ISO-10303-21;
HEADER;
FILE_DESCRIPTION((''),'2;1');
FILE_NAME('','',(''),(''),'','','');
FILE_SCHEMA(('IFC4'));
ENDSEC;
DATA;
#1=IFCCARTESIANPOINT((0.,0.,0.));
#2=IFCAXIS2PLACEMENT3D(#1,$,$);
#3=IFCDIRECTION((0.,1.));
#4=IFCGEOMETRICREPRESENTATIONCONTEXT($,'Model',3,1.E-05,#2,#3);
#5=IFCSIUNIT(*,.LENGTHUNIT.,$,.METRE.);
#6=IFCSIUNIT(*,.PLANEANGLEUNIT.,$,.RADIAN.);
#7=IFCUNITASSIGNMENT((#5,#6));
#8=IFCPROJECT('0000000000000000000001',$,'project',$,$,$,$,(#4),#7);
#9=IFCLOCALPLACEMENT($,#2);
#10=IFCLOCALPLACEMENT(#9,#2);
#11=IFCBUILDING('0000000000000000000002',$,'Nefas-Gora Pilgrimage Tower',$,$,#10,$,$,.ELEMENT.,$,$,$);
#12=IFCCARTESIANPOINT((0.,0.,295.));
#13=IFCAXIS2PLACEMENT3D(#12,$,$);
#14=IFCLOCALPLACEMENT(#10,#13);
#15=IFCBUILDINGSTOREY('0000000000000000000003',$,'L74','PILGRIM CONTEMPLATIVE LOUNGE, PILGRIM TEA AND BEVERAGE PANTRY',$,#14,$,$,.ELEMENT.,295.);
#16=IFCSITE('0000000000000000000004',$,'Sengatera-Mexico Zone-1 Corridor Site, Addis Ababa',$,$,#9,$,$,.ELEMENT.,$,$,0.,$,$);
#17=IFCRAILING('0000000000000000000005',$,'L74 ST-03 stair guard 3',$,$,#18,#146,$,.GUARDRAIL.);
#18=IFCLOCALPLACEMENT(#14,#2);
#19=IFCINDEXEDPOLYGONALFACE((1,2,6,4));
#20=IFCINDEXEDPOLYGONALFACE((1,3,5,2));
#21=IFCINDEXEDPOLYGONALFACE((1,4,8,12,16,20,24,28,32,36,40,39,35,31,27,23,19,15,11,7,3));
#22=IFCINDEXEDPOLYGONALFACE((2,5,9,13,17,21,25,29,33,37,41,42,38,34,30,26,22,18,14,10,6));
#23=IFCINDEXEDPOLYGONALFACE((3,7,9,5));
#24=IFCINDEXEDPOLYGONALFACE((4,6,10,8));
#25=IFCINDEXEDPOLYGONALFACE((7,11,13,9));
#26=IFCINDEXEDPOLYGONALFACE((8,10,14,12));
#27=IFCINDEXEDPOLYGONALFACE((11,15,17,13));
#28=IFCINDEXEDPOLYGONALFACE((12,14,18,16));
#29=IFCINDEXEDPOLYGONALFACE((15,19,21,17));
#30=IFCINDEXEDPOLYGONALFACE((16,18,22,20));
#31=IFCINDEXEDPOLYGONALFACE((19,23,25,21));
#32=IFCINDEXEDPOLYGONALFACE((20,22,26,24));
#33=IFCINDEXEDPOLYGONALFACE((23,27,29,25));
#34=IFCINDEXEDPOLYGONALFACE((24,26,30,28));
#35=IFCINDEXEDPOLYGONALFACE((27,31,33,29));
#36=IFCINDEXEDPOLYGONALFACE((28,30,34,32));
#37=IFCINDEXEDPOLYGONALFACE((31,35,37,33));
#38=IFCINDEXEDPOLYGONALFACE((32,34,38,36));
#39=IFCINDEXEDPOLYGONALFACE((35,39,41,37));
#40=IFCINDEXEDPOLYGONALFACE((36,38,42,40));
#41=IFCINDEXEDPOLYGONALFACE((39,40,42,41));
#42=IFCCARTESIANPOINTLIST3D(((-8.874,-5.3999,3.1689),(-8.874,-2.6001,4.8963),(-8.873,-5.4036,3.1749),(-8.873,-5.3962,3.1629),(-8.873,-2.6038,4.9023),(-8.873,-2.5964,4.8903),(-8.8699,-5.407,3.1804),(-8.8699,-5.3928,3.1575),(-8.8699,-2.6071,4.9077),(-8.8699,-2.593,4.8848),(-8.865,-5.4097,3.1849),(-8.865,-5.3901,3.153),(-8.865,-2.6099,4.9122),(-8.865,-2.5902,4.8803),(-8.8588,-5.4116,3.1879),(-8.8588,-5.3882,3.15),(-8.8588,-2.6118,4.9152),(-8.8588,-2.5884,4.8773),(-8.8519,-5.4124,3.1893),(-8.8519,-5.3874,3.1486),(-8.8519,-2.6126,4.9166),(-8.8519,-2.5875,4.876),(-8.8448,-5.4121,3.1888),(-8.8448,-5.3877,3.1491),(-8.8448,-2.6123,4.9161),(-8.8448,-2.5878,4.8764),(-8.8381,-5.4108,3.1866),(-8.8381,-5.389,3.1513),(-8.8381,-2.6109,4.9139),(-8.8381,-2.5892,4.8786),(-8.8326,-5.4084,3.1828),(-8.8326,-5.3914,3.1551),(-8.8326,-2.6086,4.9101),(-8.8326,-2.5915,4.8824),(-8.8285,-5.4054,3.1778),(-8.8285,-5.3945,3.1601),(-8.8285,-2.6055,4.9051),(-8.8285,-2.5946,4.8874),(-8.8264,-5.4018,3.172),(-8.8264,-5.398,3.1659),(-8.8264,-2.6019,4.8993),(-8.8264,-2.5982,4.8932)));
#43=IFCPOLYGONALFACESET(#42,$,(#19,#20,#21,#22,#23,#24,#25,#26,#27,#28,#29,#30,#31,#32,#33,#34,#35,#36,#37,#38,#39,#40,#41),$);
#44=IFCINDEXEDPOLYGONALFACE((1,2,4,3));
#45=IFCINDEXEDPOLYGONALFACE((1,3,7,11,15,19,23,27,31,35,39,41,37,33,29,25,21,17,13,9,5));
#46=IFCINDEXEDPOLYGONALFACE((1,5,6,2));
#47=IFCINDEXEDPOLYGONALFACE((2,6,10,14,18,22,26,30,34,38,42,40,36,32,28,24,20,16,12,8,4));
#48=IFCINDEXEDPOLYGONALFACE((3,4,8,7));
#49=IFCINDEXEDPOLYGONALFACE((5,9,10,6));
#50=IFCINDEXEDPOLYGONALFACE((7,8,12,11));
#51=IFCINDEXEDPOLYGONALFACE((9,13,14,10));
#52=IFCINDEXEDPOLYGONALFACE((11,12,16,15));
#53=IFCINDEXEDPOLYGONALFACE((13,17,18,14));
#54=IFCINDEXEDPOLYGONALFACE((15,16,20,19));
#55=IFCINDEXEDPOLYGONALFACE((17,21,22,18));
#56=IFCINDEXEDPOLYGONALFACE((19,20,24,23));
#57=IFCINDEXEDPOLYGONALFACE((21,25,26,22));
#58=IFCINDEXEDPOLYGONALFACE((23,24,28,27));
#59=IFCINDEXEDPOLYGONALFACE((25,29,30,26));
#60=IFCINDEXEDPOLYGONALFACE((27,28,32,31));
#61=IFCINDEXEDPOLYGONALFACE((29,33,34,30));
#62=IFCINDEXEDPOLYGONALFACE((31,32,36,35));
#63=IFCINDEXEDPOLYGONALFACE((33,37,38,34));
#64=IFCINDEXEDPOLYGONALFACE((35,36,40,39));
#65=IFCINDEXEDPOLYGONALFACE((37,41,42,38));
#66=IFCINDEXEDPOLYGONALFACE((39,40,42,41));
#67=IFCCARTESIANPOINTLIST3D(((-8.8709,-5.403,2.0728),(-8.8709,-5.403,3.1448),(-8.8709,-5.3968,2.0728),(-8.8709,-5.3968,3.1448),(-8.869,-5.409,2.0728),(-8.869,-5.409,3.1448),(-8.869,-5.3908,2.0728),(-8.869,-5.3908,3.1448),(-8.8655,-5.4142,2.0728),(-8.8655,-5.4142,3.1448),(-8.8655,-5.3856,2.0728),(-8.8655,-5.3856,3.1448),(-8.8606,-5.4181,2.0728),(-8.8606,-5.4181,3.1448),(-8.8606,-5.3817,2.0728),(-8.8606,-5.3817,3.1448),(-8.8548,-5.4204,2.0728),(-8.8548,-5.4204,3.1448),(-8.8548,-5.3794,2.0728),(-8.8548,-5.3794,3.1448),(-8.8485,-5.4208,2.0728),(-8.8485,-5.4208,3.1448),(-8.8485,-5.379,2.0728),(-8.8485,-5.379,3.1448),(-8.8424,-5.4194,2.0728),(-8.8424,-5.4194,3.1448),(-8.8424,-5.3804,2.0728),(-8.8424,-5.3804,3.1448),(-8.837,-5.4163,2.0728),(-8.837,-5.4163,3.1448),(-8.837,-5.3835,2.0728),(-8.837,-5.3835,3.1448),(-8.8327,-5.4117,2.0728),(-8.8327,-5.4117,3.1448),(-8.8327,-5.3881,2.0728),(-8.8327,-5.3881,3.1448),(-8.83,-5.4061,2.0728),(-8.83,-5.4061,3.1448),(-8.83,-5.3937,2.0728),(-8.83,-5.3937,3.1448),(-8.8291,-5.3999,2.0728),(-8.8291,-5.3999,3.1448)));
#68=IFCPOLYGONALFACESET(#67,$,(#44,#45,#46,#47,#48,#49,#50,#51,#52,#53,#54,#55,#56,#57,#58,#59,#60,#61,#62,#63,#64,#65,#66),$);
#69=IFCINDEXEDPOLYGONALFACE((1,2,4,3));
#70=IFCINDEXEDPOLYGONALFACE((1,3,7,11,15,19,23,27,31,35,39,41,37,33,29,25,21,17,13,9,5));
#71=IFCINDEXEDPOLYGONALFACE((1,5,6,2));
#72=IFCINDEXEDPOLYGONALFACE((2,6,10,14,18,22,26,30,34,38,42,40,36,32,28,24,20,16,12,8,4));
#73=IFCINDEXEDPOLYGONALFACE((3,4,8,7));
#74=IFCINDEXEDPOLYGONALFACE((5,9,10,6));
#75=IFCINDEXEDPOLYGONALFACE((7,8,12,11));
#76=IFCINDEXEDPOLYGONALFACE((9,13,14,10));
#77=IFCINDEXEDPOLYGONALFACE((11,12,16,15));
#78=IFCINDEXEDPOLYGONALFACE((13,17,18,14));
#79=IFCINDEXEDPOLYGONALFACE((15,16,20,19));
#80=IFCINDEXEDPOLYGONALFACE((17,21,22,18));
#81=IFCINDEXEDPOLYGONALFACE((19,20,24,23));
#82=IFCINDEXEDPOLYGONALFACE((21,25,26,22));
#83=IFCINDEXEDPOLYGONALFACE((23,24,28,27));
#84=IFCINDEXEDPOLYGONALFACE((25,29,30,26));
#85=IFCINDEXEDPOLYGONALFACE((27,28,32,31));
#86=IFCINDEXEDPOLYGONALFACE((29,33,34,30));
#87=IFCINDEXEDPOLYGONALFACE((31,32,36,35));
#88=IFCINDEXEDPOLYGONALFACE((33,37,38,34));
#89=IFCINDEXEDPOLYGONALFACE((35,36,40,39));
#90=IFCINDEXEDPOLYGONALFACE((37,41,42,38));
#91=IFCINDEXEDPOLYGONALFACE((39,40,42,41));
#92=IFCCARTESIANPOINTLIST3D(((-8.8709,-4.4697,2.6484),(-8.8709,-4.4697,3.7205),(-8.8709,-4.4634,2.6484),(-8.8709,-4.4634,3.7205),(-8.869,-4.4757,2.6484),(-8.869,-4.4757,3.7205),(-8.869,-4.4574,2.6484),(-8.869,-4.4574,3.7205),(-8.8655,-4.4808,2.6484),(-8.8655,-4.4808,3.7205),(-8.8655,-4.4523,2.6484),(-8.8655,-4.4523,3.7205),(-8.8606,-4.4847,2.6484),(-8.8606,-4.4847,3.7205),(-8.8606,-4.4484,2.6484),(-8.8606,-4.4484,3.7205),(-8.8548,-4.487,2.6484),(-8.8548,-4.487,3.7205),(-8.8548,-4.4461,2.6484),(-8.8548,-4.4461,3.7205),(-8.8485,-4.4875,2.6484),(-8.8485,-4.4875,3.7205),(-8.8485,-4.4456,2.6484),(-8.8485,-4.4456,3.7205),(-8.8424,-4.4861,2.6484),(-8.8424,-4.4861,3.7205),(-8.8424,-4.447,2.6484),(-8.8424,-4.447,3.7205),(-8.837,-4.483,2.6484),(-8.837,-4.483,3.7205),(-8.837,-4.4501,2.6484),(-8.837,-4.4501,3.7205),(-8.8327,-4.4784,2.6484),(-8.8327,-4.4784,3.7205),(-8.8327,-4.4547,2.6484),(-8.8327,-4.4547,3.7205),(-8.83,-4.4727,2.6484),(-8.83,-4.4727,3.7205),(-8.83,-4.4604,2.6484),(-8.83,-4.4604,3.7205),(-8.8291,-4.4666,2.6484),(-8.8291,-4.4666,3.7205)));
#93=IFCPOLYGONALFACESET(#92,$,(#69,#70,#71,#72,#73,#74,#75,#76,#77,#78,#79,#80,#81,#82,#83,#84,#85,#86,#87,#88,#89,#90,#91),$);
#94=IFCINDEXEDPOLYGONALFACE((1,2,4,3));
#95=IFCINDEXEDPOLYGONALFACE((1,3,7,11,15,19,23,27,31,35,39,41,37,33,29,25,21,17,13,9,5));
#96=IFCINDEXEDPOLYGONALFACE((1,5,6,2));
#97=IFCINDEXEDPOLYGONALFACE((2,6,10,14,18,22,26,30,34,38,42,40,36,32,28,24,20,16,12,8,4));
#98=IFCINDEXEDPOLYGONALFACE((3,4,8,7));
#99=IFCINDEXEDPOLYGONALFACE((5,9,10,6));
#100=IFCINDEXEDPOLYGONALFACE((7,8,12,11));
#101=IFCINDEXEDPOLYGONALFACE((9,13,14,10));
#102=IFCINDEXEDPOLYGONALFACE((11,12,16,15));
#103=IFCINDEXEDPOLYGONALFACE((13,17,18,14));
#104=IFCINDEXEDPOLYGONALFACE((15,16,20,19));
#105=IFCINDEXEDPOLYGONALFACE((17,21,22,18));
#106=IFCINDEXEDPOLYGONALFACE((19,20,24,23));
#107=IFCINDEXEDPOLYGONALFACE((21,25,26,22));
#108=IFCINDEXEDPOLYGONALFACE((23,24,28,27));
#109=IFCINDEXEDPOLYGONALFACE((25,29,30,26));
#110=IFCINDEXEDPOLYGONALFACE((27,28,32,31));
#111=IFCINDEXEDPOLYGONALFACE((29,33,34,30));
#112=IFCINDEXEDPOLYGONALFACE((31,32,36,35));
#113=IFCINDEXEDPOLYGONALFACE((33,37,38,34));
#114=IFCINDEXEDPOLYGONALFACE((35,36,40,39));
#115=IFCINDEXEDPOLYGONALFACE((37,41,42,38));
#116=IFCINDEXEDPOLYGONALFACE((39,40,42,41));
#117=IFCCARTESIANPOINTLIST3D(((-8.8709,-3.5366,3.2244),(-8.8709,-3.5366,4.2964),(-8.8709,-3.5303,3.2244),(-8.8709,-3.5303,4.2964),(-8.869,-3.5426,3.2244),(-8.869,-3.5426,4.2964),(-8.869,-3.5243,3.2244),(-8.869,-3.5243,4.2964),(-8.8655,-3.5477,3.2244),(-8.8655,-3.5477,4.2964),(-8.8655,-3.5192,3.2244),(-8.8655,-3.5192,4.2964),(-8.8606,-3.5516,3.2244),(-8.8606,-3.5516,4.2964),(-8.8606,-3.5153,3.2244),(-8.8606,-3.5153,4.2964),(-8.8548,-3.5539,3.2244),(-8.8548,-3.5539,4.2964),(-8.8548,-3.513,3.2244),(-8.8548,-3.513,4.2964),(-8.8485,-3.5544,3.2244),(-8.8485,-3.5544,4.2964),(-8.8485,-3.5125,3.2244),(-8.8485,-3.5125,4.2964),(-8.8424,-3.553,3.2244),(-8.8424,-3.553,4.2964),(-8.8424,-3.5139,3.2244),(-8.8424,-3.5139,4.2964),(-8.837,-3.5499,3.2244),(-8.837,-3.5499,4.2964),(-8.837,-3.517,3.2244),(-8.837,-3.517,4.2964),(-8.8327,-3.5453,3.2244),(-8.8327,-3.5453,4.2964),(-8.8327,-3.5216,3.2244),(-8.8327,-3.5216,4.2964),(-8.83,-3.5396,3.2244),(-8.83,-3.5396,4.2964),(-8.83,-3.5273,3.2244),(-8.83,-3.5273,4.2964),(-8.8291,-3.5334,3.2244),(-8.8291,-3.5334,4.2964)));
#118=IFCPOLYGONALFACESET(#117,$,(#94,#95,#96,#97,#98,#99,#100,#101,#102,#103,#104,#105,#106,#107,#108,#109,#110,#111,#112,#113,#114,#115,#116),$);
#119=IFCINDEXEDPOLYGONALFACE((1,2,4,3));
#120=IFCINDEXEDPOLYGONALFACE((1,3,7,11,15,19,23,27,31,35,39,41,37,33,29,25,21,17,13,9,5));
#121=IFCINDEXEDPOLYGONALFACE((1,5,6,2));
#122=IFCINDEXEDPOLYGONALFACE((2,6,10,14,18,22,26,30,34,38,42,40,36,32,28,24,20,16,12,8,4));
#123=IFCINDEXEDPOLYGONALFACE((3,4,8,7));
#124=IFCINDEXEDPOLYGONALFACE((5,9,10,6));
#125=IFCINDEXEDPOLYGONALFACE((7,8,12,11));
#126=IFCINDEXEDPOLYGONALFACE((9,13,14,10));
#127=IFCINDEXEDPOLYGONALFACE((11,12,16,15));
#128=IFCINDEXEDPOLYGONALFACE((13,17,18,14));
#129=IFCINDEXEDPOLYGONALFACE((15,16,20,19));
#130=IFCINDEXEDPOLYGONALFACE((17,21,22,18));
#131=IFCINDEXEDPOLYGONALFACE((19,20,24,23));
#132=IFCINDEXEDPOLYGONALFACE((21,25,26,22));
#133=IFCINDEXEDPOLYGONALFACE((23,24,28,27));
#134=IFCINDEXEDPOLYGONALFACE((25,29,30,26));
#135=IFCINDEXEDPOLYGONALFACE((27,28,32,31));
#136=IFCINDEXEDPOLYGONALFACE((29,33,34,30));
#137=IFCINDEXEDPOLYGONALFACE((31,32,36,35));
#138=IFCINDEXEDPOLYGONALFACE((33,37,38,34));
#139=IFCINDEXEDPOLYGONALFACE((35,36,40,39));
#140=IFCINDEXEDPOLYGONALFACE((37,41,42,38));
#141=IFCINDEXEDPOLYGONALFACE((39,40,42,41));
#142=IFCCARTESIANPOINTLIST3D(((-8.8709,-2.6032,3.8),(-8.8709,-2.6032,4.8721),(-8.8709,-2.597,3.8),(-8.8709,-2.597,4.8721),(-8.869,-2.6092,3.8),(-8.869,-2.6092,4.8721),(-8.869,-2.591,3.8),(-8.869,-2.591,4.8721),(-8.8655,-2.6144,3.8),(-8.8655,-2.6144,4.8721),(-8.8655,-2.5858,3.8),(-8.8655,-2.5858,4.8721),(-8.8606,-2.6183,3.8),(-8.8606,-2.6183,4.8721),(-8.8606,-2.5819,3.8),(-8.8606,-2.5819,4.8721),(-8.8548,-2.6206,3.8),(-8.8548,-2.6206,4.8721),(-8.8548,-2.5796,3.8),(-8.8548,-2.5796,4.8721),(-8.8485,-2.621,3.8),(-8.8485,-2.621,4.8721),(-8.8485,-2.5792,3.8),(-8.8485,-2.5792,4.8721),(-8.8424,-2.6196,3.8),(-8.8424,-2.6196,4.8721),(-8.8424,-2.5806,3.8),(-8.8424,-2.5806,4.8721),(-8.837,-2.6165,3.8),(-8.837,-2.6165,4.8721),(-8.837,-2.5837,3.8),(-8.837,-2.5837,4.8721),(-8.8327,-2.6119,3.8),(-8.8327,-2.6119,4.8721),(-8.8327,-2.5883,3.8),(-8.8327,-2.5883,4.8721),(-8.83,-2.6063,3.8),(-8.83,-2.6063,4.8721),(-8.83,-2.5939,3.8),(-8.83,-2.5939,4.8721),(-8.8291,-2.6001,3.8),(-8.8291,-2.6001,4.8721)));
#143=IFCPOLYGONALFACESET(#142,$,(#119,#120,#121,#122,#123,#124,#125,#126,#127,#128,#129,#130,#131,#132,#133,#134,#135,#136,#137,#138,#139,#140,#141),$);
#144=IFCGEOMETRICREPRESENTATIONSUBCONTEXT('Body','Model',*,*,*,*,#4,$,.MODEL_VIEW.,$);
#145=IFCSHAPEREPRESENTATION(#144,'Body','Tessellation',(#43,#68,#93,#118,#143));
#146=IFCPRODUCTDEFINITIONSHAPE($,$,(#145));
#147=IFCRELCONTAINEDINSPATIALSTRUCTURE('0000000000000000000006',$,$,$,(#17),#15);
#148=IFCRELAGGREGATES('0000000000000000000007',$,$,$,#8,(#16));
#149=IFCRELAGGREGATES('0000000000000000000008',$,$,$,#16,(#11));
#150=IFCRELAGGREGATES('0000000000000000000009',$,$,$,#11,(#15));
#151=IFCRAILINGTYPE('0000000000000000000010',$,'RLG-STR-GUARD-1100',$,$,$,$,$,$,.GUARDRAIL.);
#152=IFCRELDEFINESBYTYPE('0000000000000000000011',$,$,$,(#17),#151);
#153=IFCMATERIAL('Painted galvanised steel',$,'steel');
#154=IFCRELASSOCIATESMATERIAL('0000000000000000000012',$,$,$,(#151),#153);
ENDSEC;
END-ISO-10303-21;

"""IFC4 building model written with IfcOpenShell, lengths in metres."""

from ifc_helpers import new_model, si_unit, direction, frame, origin, origin_2d, place, context, subcontext, project, spatial, circle, extrude, material, type_object, element, save


model = new_model("IFC4")

# Units and contexts
model_context = context("Model", 3, precision=1e-05, world=origin(), true_north=direction((0.0, 1.0)))
body_context = subcontext(model_context, "Body", "Model", "MODEL_VIEW")
ifc_project = project(units=[si_unit("LENGTHUNIT", "METRE"), si_unit("PLANEANGLEUNIT", "RADIAN")], contexts=[model_context])

# Site, building, storey
site_placement = place(None, origin())
site = spatial("IfcSite", under=ifc_project, at=site_placement, Name="Sengatera-Mexico Zone-1 Corridor Site, Addis Ababa", CompositionType="ELEMENT", RefElevation=0.0)
building_placement = place(site_placement, origin())
building = spatial("IfcBuilding", under=site, at=building_placement, Name="Nefas-Gora Pilgrimage Tower", CompositionType="ELEMENT")
storey_placement = place(building_placement, frame((0.0, 0.0, 295.0)))
storey = spatial("IfcBuildingStorey", under=building, at=storey_placement, Name="L74", Description="PILGRIM CONTEMPLATIVE LOUNGE, PILGRIM TEA AND BEVERAGE PANTRY", CompositionType="ELEMENT", Elevation=295.0)

# Railing
ifc_material_1 = material(Name="Painted galvanised steel", Category="steel")
railing_type_1 = type_object("IfcRailingType", Name="RLG-STR-GUARD-1100", PredefinedType="GUARDRAIL", material=ifc_material_1)
railing_1_placement = place(storey_placement, frame((-8.8501, -5.3999, 2.0728)))
element("IfcRailing", 1, at=railing_1_placement, inside=storey, type_object=railing_type_1, Name="L74 ST-03 stair guard 3", PredefinedType="GUARDRAIL", context=body_context, shape_type="SweptSolid", body=[
    extrude(circle(Radius=0.0239, at=origin_2d()), frame((0.0, 0.0, 1.0962), z_axis=(0.0, 0.851069, 0.525054), x_axis=(-1.0, 0.0, 0.0)), (0.0, 0.0, 1.0), 3.2898),
    extrude(circle(Radius=0.021, at=origin_2d()), origin(), (0.0, 0.0, 1.0), 1.072),
    extrude(circle(Radius=0.021, at=origin_2d()), frame((0.0, 0.9333, 0.5757)), (0.0, 0.0, 1.0), 1.072),
    extrude(circle(Radius=0.021, at=origin_2d()), frame((0.0, 1.8665, 1.1516)), (0.0, 0.0, 1.0), 1.072),
    extrude(circle(Radius=0.021, at=origin_2d()), frame((0.0, 2.7998, 1.7273)), (0.0, 0.0, 1.0), 1.072),
])

save(model, "model.ifc")
